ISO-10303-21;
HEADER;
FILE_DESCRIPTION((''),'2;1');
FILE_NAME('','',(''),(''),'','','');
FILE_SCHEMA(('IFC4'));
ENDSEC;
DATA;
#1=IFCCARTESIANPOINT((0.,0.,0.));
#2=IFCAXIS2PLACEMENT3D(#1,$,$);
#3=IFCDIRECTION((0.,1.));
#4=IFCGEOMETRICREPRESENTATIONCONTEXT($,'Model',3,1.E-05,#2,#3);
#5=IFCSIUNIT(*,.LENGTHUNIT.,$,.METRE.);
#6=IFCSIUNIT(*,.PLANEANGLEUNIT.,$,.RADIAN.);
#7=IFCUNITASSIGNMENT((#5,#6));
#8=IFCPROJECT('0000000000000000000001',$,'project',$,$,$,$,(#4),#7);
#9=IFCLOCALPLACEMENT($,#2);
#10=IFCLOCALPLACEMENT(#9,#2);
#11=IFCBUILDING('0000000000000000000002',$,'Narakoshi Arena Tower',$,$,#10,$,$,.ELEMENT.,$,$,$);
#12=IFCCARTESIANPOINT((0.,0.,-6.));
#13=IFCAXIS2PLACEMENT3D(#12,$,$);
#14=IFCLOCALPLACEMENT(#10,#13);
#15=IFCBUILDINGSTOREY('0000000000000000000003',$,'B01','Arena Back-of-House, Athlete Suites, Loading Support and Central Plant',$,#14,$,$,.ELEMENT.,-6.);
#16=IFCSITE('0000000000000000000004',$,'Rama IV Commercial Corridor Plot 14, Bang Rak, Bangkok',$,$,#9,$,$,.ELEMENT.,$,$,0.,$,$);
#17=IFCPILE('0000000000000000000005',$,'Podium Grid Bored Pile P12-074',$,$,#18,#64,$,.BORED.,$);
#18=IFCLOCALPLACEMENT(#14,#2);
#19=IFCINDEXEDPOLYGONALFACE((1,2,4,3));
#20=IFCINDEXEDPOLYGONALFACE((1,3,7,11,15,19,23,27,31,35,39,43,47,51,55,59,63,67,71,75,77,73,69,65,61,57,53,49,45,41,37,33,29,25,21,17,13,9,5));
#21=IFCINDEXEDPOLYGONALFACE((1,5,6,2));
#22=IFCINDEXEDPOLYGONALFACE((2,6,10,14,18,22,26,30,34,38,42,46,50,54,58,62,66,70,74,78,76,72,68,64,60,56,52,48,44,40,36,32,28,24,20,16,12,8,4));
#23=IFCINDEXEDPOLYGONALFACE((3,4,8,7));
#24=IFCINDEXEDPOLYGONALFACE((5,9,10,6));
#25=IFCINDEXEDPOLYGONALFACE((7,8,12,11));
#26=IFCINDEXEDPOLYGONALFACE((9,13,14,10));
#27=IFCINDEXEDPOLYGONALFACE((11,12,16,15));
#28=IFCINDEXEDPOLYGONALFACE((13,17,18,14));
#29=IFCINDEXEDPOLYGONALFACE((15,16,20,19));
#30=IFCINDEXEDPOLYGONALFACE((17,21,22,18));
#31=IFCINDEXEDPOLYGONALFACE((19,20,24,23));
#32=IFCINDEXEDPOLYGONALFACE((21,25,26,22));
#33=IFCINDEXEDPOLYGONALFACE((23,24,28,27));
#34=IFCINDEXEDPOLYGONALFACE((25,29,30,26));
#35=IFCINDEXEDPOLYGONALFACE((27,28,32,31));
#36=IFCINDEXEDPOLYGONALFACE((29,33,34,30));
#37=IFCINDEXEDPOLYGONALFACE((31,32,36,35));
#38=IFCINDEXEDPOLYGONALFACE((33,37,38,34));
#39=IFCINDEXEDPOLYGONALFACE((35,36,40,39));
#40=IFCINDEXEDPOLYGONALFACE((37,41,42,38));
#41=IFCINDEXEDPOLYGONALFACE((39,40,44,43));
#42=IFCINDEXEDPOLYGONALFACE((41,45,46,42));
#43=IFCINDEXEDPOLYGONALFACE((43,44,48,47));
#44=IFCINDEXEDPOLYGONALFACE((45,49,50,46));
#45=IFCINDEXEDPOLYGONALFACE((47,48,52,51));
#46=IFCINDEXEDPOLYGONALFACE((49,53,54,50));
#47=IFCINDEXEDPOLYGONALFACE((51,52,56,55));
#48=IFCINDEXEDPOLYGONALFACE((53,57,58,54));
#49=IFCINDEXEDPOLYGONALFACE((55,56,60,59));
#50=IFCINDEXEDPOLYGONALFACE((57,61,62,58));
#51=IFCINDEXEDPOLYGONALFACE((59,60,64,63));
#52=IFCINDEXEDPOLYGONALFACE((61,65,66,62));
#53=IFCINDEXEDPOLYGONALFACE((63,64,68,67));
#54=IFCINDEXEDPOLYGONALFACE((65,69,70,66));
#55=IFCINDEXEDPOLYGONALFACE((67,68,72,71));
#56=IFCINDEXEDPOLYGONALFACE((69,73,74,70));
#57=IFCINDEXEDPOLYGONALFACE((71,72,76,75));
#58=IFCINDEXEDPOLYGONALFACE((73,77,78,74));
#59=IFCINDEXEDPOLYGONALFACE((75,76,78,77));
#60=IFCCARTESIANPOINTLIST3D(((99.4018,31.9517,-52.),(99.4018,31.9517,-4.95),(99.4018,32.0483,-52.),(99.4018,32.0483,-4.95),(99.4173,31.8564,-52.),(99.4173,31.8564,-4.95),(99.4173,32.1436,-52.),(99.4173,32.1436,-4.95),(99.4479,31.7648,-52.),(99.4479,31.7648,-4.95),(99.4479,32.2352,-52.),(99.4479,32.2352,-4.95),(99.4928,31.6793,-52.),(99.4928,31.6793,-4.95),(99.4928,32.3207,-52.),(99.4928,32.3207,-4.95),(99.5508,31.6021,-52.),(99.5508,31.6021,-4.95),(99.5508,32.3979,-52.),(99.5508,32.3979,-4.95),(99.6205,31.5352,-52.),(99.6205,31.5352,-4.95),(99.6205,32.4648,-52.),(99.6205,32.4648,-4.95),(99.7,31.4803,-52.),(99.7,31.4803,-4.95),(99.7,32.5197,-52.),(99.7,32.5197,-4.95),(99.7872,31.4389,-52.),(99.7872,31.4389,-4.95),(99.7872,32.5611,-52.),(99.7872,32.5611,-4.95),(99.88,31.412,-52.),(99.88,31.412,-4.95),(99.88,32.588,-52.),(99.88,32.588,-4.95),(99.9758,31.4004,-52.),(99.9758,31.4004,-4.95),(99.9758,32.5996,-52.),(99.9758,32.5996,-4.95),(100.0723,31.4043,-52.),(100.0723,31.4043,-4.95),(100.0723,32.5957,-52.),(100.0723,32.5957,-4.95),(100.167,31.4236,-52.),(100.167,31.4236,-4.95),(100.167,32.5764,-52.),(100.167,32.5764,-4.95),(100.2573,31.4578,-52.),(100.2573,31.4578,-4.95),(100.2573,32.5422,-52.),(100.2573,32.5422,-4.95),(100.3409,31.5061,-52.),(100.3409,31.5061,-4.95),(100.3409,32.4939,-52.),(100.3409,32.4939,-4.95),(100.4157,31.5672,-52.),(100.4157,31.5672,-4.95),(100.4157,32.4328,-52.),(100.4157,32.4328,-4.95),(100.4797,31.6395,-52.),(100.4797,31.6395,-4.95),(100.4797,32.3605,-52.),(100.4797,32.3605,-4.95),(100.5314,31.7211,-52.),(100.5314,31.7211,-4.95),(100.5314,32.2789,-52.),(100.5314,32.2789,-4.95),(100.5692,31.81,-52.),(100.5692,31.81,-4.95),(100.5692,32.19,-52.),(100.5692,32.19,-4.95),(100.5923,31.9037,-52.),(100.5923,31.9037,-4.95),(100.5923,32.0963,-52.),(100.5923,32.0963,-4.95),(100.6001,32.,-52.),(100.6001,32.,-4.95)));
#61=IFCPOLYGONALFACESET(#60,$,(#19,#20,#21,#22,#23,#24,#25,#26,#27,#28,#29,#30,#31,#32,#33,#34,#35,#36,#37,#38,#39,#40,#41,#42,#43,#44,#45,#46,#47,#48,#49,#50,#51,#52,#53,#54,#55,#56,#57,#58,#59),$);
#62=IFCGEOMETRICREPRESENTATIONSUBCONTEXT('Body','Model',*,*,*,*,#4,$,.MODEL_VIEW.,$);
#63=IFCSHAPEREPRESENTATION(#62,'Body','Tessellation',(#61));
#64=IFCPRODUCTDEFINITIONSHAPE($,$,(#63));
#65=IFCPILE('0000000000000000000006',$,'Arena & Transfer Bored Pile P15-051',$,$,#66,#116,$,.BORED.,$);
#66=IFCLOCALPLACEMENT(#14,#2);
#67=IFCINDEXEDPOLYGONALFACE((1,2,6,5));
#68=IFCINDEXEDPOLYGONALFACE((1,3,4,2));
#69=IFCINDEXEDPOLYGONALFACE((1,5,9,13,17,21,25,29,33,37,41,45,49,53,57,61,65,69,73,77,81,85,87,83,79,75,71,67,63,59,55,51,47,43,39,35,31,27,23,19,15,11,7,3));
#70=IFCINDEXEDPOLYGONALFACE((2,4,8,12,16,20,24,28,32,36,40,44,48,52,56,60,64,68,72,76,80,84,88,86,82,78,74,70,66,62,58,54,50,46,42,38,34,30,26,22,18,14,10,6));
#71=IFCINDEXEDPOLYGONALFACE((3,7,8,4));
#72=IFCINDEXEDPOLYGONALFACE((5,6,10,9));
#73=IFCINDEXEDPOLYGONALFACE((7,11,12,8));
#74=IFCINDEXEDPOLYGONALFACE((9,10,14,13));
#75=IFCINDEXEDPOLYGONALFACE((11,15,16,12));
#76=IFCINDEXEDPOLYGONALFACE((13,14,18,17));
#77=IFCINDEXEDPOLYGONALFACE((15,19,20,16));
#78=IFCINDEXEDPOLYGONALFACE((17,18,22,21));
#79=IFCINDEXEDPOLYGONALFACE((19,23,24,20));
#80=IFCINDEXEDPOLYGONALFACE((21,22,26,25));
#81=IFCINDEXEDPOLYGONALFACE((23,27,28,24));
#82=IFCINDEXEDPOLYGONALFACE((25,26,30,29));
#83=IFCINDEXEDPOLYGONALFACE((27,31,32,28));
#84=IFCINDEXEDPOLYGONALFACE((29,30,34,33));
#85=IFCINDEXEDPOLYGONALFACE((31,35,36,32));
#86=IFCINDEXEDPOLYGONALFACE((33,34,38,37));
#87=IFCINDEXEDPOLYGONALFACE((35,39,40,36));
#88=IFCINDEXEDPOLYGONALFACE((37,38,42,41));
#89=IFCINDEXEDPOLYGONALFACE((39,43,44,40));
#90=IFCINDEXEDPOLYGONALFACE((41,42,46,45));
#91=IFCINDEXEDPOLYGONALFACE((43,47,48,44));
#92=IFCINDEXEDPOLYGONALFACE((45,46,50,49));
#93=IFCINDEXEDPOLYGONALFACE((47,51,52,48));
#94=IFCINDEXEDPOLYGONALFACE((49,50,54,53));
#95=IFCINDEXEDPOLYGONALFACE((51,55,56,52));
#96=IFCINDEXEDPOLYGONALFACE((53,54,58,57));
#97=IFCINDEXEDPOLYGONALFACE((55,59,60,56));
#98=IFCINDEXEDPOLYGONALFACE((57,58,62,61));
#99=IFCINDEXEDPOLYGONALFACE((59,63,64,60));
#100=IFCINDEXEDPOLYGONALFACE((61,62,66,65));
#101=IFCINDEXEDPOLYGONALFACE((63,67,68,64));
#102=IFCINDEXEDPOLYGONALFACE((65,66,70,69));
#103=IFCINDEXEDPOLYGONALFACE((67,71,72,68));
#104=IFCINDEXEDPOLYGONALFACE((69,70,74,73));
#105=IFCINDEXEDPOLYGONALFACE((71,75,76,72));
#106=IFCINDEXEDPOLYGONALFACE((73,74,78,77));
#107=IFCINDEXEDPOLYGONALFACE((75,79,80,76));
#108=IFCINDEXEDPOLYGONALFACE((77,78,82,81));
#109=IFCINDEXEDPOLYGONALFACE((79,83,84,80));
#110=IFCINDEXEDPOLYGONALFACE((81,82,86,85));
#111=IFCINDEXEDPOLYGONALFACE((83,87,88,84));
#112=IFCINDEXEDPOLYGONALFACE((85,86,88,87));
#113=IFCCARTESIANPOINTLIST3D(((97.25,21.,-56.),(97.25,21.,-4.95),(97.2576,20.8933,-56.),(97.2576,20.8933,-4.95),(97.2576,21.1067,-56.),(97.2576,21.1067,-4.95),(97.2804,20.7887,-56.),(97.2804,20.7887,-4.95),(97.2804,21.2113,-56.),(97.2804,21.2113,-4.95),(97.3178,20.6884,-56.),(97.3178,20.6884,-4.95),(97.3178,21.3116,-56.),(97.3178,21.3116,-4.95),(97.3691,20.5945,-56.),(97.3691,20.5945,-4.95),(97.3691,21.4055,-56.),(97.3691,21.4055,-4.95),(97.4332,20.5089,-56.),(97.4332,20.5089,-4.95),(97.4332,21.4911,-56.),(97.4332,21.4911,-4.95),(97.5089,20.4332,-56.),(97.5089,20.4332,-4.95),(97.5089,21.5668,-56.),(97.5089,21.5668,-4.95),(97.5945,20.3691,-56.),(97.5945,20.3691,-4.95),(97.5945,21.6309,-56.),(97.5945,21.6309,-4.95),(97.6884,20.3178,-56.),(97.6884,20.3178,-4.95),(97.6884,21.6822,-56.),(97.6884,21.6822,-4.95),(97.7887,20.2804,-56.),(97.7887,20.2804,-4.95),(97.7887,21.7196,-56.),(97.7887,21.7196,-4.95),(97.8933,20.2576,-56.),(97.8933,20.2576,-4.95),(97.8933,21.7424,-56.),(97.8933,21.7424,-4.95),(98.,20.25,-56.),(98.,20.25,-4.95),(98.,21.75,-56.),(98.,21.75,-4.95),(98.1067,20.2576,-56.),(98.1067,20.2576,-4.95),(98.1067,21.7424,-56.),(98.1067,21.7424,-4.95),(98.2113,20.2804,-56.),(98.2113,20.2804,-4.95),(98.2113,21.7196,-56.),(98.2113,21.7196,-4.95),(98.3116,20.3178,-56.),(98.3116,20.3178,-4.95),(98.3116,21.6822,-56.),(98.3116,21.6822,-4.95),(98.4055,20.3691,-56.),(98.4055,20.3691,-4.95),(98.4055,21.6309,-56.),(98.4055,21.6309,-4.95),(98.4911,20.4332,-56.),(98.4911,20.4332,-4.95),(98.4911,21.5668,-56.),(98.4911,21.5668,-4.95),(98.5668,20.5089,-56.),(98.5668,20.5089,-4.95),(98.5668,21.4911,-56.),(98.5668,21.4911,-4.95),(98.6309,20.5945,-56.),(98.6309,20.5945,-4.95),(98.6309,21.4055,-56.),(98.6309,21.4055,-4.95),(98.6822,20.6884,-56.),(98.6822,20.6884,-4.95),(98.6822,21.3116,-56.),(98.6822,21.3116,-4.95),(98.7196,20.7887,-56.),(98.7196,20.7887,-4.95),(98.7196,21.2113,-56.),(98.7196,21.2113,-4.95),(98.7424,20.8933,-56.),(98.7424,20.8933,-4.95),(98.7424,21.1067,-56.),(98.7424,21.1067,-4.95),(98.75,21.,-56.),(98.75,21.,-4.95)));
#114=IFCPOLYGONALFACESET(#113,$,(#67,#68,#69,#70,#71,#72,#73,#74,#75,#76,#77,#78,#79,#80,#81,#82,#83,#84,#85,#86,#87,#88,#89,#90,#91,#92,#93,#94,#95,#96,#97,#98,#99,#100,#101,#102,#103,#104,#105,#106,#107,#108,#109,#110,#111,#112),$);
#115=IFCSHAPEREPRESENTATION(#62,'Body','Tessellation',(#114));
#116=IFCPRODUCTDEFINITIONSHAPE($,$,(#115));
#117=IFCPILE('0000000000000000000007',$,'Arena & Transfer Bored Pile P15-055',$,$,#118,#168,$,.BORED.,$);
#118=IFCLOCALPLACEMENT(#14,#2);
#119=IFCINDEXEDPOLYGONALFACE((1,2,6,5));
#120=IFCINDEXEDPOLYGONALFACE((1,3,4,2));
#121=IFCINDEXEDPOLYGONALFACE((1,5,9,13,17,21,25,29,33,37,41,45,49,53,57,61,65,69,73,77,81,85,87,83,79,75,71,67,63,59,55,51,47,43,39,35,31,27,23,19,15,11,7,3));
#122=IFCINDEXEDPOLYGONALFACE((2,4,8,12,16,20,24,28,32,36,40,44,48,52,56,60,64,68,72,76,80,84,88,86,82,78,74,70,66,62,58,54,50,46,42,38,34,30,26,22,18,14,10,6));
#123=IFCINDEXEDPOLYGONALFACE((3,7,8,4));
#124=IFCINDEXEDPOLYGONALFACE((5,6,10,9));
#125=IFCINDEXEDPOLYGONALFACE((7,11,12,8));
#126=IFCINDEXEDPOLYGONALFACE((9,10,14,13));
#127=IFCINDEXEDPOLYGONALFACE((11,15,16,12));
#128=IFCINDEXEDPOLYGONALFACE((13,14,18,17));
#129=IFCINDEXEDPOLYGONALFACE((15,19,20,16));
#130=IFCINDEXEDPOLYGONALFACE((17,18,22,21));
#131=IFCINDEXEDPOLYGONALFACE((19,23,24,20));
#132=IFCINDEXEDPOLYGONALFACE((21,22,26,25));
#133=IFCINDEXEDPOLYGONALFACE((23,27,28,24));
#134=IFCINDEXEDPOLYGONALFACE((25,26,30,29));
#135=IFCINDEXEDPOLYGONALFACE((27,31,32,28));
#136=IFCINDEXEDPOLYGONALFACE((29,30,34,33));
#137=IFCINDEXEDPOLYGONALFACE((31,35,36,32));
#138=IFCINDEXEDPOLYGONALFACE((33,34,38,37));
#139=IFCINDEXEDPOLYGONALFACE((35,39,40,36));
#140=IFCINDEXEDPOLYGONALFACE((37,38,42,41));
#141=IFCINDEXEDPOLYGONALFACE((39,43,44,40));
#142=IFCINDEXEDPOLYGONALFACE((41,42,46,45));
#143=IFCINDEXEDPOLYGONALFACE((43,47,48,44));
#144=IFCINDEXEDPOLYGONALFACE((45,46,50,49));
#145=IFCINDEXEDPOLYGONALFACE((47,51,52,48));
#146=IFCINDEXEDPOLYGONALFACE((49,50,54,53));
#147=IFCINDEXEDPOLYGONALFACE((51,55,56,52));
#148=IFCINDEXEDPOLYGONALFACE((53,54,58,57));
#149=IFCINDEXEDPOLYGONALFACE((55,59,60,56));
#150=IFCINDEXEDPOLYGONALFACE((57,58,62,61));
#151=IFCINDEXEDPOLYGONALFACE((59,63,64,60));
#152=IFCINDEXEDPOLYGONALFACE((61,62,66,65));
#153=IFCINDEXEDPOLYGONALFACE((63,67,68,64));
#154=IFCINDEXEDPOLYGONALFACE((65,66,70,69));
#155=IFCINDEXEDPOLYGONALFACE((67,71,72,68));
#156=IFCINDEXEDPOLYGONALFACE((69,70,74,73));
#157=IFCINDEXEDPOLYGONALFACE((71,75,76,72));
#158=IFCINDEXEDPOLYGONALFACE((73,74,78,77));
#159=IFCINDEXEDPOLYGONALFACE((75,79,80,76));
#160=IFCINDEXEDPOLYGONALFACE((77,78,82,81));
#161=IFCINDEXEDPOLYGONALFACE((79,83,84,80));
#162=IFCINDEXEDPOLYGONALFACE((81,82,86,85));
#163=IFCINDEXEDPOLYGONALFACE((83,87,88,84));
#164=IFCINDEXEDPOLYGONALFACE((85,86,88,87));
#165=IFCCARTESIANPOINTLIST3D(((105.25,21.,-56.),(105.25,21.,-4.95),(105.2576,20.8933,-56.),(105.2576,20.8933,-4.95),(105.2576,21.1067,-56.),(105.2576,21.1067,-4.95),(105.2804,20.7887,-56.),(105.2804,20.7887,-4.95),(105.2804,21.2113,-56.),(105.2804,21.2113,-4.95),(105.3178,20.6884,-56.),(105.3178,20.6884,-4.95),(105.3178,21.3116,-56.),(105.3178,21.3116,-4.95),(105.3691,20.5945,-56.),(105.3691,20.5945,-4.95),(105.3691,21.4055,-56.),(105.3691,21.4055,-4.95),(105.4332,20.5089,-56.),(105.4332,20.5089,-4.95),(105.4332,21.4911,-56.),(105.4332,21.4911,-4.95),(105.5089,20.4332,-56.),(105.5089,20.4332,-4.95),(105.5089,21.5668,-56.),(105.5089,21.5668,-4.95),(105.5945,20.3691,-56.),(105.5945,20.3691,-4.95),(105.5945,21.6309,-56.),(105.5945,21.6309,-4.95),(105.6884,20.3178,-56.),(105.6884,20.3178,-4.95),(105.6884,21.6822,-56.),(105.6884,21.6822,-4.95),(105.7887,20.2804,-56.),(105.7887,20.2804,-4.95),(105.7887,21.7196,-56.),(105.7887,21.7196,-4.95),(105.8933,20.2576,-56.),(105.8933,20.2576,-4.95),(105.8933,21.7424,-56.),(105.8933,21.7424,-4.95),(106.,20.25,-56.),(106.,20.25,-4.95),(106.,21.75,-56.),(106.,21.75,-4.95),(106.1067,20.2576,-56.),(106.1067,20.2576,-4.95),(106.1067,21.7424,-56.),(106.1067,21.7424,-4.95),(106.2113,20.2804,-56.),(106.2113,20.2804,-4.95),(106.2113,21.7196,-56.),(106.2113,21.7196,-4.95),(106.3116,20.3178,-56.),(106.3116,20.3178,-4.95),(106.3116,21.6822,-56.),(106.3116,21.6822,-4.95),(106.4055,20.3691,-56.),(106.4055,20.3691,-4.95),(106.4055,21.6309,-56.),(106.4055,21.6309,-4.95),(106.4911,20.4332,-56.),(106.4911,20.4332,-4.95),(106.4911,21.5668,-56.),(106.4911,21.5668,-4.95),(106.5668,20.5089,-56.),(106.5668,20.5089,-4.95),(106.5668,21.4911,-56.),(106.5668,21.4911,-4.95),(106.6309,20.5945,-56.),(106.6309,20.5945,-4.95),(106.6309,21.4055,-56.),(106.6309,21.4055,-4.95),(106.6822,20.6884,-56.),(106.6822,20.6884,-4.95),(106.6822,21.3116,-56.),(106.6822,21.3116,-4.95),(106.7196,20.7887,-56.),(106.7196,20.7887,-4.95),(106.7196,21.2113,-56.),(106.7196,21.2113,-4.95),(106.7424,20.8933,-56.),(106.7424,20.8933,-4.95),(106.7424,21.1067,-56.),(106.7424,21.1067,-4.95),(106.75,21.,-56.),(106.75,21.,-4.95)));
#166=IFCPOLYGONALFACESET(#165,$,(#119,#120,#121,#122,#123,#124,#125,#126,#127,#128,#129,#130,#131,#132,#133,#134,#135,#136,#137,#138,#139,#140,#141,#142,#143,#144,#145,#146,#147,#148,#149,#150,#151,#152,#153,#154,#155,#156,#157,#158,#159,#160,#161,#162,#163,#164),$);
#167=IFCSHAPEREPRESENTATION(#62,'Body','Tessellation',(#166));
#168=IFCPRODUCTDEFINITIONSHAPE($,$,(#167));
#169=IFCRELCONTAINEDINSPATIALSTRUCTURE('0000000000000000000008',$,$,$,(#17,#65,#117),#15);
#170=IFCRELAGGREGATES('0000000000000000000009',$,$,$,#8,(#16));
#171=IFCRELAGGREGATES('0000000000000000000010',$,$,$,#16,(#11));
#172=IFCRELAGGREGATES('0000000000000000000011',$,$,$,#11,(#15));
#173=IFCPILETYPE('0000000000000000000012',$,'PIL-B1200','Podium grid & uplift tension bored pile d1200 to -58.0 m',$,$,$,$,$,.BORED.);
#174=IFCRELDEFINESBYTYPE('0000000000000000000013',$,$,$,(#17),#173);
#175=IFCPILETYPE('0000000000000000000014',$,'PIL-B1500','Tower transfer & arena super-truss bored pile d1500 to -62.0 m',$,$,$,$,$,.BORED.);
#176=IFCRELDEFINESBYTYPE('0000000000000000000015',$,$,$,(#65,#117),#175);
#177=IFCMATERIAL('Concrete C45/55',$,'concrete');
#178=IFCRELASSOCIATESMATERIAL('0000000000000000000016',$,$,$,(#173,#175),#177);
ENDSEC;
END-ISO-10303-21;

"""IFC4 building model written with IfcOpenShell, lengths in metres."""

from ifc_helpers import new_model, si_unit, direction, frame, origin, origin_2d, place, context, subcontext, project, spatial, circle, extrude, material, material_profile, profile_set, type_object, element, save


model = new_model("IFC4")

# Units and contexts
model_context = context("Model", 3, precision=1e-05, world=origin(), true_north=direction((0.0, 1.0)))
body_context = subcontext(model_context, "Body", "Model", "MODEL_VIEW")
ifc_project = project(units=[si_unit("LENGTHUNIT", "METRE"), si_unit("PLANEANGLEUNIT", "RADIAN")], contexts=[model_context])

# Site, building, storey
site_placement = place(None, origin())
site = spatial("IfcSite", under=ifc_project, at=site_placement, Name="Rama IV Commercial Corridor Plot 14, Bang Rak, Bangkok", CompositionType="ELEMENT", RefElevation=0.0)
building_placement = place(site_placement, origin())
building = spatial("IfcBuilding", under=site, at=building_placement, Name="Narakoshi Arena Tower", CompositionType="ELEMENT")
storey_placement = place(building_placement, frame((0.0, 0.0, -6.0)))
storey = spatial("IfcBuildingStorey", under=building, at=storey_placement, Name="B01", Description="Arena Back-of-House, Athlete Suites, Loading Support and Central Plant", CompositionType="ELEMENT", Elevation=-6.0)

# Piles
ifc_material_1 = material(Name="Concrete C45/55", Category="concrete")
ifc_material_profile_1 = material_profile(ifc_material_1, circle(Radius=0.6001, at=origin_2d()), Name="PILE-D1200")
ifc_profile_set_1 = profile_set([ifc_material_profile_1], Name="Concrete C45/55")
pile_type_1 = type_object("IfcPileType", Name="PIL-B1200", Description="Podium grid & uplift tension bored pile d1200 to -58.0 m", PredefinedType="BORED", material=ifc_profile_set_1)
pile_placement = place(storey_placement, frame((100.0, 32.0, -4.95), z_axis=(0.0, 0.0, -1.0), x_axis=(1.0, 0.0, 0.0)))
element("IfcPile", 1, at=pile_placement, inside=storey, type_object=pile_type_1, Name="Podium Grid Bored Pile P12-074", PredefinedType="BORED", context=body_context, shape_type="SweptSolid", body=[
    extrude(circle(Radius=0.6001, at=origin_2d()), origin(), (0.0, 0.0, 1.0), 47.05),
])
ifc_material_profile_2 = material_profile(ifc_material_1, circle(Radius=0.75, at=origin_2d()), Name="PILE-D1500")
ifc_profile_set_2 = profile_set([ifc_material_profile_2], Name="Concrete C45/55")
pile_type_2 = type_object("IfcPileType", Name="PIL-B1500", Description="Tower transfer & arena super-truss bored pile d1500 to -62.0 m", PredefinedType="BORED", material=ifc_profile_set_2)
for number, where, z_axis, x_axis, name in (
    (2, (98.0, 21.0, -4.95), (0.0, 0.0, -1.0), (1.0, 0.0, 0.0), "Arena & Transfer Bored Pile P15-051"),
    (3, (106.0, 21.0, -4.95), (0.0, 0.0, -1.0), (1.0, 0.0, 0.0), "Arena & Transfer Bored Pile P15-055"),
):
    element("IfcPile", number, at=place(storey_placement, frame(where, z_axis=z_axis, x_axis=x_axis)), inside=storey, type_object=pile_type_2, Name=name, PredefinedType="BORED", context=body_context, shape_type="SweptSolid", body=[
        extrude(circle(Radius=0.75, at=origin_2d()), origin(), (0.0, 0.0, 1.0), 51.05),
    ])

save(model, "model.ifc")
